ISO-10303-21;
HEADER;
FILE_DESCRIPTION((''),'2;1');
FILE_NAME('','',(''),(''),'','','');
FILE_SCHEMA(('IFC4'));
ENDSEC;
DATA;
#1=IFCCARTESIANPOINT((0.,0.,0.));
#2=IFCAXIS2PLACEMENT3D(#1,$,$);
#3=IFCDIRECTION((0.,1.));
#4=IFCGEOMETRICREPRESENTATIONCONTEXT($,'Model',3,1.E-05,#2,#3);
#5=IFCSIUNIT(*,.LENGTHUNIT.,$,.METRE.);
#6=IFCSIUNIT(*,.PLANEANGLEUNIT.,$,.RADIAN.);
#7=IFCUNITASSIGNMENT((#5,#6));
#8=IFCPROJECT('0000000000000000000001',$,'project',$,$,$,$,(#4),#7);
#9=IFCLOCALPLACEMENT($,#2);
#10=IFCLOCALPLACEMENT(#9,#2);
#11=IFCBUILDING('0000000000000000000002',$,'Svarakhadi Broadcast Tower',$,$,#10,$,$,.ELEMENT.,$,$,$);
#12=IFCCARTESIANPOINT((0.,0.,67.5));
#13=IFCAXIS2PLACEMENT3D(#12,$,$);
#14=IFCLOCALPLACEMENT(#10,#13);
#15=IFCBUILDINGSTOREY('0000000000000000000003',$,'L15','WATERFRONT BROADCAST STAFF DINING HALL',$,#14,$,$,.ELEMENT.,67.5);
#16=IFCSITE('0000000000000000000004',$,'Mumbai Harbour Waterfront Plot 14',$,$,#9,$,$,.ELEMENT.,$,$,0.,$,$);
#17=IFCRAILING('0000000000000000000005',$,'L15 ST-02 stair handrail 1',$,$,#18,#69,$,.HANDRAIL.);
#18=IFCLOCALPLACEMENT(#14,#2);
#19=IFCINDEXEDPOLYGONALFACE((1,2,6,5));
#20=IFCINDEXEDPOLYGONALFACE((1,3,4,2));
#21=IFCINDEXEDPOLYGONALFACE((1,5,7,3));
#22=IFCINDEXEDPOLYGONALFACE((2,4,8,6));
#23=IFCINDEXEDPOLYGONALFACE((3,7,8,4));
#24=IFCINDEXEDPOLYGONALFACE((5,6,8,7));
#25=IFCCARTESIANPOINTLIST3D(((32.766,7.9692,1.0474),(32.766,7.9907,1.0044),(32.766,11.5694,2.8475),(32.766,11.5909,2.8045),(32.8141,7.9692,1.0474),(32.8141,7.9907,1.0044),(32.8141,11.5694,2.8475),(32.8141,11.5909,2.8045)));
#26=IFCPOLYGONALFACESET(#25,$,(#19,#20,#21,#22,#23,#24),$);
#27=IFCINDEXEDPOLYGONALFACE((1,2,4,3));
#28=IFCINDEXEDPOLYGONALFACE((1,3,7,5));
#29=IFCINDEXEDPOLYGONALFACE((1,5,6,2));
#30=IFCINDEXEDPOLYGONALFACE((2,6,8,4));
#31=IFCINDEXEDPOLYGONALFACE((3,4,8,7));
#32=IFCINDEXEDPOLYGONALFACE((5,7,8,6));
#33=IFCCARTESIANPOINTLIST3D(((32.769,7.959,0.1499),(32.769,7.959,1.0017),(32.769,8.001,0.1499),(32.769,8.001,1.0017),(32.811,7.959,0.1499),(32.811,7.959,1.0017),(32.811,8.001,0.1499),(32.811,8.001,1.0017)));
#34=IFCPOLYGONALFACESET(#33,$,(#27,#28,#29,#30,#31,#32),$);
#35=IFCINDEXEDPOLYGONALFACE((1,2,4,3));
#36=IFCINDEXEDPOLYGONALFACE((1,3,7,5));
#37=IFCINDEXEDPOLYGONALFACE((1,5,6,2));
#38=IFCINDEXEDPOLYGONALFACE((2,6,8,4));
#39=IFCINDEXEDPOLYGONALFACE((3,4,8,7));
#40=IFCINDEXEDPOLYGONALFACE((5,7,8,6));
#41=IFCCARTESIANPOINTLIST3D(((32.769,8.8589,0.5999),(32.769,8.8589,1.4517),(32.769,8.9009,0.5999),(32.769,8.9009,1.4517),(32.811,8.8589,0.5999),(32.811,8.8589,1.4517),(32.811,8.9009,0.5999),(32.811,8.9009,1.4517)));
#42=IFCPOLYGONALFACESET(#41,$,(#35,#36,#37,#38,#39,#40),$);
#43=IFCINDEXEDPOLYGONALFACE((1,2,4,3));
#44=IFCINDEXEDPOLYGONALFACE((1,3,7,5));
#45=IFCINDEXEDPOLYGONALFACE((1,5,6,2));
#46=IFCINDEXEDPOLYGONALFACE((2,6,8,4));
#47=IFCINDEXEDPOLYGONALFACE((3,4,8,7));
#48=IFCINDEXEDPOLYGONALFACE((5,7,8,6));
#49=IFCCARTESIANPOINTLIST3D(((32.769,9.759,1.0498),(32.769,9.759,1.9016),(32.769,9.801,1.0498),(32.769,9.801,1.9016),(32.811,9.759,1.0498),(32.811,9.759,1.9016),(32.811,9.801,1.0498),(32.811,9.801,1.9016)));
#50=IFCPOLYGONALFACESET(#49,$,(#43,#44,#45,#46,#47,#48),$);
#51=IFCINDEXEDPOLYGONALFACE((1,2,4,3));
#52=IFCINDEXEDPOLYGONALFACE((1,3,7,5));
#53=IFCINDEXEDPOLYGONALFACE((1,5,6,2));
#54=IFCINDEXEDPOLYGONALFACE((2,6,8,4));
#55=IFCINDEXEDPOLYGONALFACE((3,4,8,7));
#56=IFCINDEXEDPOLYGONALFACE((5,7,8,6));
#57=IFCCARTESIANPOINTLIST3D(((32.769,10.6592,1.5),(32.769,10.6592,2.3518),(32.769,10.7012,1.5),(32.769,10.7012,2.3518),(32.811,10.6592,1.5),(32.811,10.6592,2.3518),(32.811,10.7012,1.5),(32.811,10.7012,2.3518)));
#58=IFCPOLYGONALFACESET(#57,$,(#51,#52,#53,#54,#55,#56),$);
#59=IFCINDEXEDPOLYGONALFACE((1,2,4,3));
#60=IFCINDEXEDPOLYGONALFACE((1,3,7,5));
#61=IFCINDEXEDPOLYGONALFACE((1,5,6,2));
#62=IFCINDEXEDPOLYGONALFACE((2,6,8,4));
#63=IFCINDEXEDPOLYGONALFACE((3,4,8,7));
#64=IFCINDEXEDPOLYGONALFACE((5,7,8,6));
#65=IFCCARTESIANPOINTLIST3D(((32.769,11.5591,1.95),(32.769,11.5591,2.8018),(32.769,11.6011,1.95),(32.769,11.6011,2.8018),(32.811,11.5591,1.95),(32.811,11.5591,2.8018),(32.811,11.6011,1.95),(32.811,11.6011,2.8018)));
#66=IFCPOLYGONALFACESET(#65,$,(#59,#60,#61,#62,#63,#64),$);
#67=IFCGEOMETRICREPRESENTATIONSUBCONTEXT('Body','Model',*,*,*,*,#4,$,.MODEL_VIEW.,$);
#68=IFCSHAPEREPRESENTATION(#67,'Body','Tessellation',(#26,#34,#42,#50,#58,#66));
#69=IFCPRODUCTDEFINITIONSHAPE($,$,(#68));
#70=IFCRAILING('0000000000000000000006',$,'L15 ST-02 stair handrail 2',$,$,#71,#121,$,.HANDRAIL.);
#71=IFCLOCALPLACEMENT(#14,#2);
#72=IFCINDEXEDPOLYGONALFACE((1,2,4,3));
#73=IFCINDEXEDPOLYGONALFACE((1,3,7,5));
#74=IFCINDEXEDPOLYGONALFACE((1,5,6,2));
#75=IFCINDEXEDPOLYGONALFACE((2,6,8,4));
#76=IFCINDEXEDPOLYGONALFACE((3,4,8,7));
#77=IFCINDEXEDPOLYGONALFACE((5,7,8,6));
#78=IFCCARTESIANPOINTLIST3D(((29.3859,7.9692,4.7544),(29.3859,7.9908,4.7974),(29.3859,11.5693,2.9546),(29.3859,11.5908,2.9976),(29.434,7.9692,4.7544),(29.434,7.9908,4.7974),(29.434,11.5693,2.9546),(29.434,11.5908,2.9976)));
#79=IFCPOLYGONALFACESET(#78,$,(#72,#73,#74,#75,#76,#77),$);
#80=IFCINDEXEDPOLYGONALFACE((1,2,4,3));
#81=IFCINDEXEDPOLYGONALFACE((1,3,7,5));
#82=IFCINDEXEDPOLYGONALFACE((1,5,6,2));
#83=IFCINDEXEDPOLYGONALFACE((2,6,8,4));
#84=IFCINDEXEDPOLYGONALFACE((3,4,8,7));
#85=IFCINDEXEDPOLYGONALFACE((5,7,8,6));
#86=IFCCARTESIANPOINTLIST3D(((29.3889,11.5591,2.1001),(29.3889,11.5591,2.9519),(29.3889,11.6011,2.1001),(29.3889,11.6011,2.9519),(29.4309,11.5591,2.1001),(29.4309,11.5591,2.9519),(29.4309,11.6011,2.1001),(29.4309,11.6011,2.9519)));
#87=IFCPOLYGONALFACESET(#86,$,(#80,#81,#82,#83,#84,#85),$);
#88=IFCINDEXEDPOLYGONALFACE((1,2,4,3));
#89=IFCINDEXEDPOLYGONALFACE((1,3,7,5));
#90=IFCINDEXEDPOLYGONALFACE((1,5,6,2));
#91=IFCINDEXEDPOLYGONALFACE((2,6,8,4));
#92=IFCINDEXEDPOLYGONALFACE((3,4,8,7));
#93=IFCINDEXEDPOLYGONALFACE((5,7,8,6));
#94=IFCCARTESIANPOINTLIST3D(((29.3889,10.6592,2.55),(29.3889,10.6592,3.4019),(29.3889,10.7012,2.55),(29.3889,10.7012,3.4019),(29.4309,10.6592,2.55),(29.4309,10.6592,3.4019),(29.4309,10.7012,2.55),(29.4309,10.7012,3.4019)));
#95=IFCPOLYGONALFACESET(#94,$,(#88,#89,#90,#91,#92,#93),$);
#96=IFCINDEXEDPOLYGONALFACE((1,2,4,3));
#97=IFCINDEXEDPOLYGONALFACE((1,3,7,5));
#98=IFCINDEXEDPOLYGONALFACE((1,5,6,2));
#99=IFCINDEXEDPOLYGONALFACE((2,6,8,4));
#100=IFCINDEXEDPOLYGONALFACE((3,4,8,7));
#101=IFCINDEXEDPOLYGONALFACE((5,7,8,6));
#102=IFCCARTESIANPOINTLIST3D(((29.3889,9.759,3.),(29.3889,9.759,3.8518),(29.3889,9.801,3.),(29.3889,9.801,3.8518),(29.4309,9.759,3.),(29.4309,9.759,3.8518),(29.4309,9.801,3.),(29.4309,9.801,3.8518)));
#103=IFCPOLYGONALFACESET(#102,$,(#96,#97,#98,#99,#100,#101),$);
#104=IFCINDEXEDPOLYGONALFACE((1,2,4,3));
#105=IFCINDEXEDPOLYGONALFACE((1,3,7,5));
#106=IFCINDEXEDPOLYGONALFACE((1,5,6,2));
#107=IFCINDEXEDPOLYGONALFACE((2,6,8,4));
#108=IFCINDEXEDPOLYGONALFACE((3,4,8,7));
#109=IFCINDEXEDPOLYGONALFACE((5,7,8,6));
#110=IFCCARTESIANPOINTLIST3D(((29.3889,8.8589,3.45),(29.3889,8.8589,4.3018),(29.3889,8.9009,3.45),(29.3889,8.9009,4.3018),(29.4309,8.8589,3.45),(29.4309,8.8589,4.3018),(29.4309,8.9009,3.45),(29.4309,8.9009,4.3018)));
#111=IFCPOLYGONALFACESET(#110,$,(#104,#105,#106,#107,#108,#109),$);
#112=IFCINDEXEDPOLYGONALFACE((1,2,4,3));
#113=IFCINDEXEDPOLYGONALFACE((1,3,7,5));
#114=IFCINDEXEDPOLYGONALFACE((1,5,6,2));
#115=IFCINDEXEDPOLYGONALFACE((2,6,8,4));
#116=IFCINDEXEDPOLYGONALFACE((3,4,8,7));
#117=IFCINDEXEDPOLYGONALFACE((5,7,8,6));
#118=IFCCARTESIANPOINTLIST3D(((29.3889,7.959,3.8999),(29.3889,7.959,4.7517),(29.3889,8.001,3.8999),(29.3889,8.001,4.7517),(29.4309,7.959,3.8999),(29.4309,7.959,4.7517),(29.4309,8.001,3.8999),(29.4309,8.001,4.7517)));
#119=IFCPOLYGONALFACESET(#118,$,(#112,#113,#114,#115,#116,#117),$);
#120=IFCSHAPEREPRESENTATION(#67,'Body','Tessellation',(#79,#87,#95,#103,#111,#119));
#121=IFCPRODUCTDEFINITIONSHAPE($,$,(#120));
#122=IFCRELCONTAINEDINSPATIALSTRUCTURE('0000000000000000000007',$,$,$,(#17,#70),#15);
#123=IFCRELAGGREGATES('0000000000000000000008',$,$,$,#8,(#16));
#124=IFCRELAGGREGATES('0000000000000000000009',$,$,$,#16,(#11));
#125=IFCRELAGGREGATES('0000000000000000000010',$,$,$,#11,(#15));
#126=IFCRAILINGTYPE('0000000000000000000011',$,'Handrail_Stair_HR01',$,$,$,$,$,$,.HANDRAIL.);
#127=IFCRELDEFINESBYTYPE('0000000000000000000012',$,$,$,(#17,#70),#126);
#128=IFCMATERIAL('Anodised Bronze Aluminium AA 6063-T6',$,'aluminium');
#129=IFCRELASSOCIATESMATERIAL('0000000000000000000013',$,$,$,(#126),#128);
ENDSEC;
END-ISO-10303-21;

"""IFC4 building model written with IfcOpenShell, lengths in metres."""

from ifc_helpers import new_model, si_unit, direction, frame, origin, origin_2d, place, context, subcontext, project, spatial, rectangle, extrude, material, type_object, element, save


model = new_model("IFC4")

# Units and contexts
model_context = context("Model", 3, precision=1e-05, world=origin(), true_north=direction((0.0, 1.0)))
body_context = subcontext(model_context, "Body", "Model", "MODEL_VIEW")
ifc_project = project(units=[si_unit("LENGTHUNIT", "METRE"), si_unit("PLANEANGLEUNIT", "RADIAN")], contexts=[model_context])

# Site, building, storey
site_placement = place(None, origin())
site = spatial("IfcSite", under=ifc_project, at=site_placement, Name="Mumbai Harbour Waterfront Plot 14", CompositionType="ELEMENT", RefElevation=0.0)
building_placement = place(site_placement, origin())
building = spatial("IfcBuilding", under=site, at=building_placement, Name="Svarakhadi Broadcast Tower", CompositionType="ELEMENT")
storey_placement = place(building_placement, frame((0.0, 0.0, 67.5)))
storey = spatial("IfcBuildingStorey", under=building, at=storey_placement, Name="L15", Description="WATERFRONT BROADCAST STAFF DINING HALL", CompositionType="ELEMENT", Elevation=67.5)

# Shared definitions
ifc_material_1 = material(Name="Anodised Bronze Aluminium AA 6063-T6", Category="aluminium")

# Railings
railing_type_1 = type_object("IfcRailingType", Name="Handrail_Stair_HR01", PredefinedType="HANDRAIL", material=ifc_material_1)
railing_1_placement = place(storey_placement, frame((32.79, 7.98, 0.1499)))
element("IfcRailing", 1, at=railing_1_placement, inside=storey, type_object=railing_type_1, Name="L15 ST-02 stair handrail 1", PredefinedType="HANDRAIL", context=body_context, shape_type="SweptSolid", body=[
    extrude(rectangle(XDim=0.0481, YDim=0.0481, at=origin_2d()), frame((0.0, 0.0, 0.876), z_axis=(0.0, 0.894427, 0.447214), x_axis=(-1.0, 0.0, 0.0)), (0.0, 0.0, 1.0), 4.0251),
    extrude(rectangle(XDim=0.042, YDim=0.042, at=origin_2d()), origin(), (0.0, 0.0, 1.0), 0.8518),
    extrude(rectangle(XDim=0.042, YDim=0.042, at=origin_2d()), frame((0.0, 0.8999, 0.45)), (0.0, 0.0, 1.0), 0.8518),
    extrude(rectangle(XDim=0.042, YDim=0.042, at=origin_2d()), frame((0.0, 1.8, 0.8999)), (0.0, 0.0, 1.0), 0.8518),
    extrude(rectangle(XDim=0.042, YDim=0.042, at=origin_2d()), frame((0.0, 2.7002, 1.3501)), (0.0, 0.0, 1.0), 0.8518),
    extrude(rectangle(XDim=0.042, YDim=0.042, at=origin_2d()), frame((0.0, 3.6001, 1.8)), (0.0, 0.0, 1.0), 0.8518),
])
railing_2_placement = place(storey_placement, frame((29.4099, 11.5801, 2.1001)))
element("IfcRailing", 2, at=railing_2_placement, inside=storey, type_object=railing_type_1, Name="L15 ST-02 stair handrail 2", PredefinedType="HANDRAIL", context=body_context, shape_type="SweptSolid", body=[
    extrude(rectangle(XDim=0.0481, YDim=0.0481, at=origin_2d()), frame((0.0, 0.0, 0.876), z_axis=(0.0, -0.894451, 0.447165), x_axis=(1.0, 0.0, 0.0)), (0.0, 0.0, 1.0), 4.0249),
    extrude(rectangle(XDim=0.042, YDim=0.042, at=origin_2d()), origin(), (0.0, 0.0, 1.0), 0.8518),
    extrude(rectangle(XDim=0.042, YDim=0.042, at=origin_2d()), frame((0.0, -0.8999, 0.45)), (0.0, 0.0, 1.0), 0.8518),
    extrude(rectangle(XDim=0.042, YDim=0.042, at=origin_2d()), frame((0.0, -1.8, 0.8999)), (0.0, 0.0, 1.0), 0.8518),
    extrude(rectangle(XDim=0.042, YDim=0.042, at=origin_2d()), frame((0.0, -2.7002, 1.3499)), (0.0, 0.0, 1.0), 0.8518),
    extrude(rectangle(XDim=0.042, YDim=0.042, at=origin_2d()), frame((0.0, -3.6001, 1.7998)), (0.0, 0.0, 1.0), 0.8518),
])

save(model, "model.ifc")
